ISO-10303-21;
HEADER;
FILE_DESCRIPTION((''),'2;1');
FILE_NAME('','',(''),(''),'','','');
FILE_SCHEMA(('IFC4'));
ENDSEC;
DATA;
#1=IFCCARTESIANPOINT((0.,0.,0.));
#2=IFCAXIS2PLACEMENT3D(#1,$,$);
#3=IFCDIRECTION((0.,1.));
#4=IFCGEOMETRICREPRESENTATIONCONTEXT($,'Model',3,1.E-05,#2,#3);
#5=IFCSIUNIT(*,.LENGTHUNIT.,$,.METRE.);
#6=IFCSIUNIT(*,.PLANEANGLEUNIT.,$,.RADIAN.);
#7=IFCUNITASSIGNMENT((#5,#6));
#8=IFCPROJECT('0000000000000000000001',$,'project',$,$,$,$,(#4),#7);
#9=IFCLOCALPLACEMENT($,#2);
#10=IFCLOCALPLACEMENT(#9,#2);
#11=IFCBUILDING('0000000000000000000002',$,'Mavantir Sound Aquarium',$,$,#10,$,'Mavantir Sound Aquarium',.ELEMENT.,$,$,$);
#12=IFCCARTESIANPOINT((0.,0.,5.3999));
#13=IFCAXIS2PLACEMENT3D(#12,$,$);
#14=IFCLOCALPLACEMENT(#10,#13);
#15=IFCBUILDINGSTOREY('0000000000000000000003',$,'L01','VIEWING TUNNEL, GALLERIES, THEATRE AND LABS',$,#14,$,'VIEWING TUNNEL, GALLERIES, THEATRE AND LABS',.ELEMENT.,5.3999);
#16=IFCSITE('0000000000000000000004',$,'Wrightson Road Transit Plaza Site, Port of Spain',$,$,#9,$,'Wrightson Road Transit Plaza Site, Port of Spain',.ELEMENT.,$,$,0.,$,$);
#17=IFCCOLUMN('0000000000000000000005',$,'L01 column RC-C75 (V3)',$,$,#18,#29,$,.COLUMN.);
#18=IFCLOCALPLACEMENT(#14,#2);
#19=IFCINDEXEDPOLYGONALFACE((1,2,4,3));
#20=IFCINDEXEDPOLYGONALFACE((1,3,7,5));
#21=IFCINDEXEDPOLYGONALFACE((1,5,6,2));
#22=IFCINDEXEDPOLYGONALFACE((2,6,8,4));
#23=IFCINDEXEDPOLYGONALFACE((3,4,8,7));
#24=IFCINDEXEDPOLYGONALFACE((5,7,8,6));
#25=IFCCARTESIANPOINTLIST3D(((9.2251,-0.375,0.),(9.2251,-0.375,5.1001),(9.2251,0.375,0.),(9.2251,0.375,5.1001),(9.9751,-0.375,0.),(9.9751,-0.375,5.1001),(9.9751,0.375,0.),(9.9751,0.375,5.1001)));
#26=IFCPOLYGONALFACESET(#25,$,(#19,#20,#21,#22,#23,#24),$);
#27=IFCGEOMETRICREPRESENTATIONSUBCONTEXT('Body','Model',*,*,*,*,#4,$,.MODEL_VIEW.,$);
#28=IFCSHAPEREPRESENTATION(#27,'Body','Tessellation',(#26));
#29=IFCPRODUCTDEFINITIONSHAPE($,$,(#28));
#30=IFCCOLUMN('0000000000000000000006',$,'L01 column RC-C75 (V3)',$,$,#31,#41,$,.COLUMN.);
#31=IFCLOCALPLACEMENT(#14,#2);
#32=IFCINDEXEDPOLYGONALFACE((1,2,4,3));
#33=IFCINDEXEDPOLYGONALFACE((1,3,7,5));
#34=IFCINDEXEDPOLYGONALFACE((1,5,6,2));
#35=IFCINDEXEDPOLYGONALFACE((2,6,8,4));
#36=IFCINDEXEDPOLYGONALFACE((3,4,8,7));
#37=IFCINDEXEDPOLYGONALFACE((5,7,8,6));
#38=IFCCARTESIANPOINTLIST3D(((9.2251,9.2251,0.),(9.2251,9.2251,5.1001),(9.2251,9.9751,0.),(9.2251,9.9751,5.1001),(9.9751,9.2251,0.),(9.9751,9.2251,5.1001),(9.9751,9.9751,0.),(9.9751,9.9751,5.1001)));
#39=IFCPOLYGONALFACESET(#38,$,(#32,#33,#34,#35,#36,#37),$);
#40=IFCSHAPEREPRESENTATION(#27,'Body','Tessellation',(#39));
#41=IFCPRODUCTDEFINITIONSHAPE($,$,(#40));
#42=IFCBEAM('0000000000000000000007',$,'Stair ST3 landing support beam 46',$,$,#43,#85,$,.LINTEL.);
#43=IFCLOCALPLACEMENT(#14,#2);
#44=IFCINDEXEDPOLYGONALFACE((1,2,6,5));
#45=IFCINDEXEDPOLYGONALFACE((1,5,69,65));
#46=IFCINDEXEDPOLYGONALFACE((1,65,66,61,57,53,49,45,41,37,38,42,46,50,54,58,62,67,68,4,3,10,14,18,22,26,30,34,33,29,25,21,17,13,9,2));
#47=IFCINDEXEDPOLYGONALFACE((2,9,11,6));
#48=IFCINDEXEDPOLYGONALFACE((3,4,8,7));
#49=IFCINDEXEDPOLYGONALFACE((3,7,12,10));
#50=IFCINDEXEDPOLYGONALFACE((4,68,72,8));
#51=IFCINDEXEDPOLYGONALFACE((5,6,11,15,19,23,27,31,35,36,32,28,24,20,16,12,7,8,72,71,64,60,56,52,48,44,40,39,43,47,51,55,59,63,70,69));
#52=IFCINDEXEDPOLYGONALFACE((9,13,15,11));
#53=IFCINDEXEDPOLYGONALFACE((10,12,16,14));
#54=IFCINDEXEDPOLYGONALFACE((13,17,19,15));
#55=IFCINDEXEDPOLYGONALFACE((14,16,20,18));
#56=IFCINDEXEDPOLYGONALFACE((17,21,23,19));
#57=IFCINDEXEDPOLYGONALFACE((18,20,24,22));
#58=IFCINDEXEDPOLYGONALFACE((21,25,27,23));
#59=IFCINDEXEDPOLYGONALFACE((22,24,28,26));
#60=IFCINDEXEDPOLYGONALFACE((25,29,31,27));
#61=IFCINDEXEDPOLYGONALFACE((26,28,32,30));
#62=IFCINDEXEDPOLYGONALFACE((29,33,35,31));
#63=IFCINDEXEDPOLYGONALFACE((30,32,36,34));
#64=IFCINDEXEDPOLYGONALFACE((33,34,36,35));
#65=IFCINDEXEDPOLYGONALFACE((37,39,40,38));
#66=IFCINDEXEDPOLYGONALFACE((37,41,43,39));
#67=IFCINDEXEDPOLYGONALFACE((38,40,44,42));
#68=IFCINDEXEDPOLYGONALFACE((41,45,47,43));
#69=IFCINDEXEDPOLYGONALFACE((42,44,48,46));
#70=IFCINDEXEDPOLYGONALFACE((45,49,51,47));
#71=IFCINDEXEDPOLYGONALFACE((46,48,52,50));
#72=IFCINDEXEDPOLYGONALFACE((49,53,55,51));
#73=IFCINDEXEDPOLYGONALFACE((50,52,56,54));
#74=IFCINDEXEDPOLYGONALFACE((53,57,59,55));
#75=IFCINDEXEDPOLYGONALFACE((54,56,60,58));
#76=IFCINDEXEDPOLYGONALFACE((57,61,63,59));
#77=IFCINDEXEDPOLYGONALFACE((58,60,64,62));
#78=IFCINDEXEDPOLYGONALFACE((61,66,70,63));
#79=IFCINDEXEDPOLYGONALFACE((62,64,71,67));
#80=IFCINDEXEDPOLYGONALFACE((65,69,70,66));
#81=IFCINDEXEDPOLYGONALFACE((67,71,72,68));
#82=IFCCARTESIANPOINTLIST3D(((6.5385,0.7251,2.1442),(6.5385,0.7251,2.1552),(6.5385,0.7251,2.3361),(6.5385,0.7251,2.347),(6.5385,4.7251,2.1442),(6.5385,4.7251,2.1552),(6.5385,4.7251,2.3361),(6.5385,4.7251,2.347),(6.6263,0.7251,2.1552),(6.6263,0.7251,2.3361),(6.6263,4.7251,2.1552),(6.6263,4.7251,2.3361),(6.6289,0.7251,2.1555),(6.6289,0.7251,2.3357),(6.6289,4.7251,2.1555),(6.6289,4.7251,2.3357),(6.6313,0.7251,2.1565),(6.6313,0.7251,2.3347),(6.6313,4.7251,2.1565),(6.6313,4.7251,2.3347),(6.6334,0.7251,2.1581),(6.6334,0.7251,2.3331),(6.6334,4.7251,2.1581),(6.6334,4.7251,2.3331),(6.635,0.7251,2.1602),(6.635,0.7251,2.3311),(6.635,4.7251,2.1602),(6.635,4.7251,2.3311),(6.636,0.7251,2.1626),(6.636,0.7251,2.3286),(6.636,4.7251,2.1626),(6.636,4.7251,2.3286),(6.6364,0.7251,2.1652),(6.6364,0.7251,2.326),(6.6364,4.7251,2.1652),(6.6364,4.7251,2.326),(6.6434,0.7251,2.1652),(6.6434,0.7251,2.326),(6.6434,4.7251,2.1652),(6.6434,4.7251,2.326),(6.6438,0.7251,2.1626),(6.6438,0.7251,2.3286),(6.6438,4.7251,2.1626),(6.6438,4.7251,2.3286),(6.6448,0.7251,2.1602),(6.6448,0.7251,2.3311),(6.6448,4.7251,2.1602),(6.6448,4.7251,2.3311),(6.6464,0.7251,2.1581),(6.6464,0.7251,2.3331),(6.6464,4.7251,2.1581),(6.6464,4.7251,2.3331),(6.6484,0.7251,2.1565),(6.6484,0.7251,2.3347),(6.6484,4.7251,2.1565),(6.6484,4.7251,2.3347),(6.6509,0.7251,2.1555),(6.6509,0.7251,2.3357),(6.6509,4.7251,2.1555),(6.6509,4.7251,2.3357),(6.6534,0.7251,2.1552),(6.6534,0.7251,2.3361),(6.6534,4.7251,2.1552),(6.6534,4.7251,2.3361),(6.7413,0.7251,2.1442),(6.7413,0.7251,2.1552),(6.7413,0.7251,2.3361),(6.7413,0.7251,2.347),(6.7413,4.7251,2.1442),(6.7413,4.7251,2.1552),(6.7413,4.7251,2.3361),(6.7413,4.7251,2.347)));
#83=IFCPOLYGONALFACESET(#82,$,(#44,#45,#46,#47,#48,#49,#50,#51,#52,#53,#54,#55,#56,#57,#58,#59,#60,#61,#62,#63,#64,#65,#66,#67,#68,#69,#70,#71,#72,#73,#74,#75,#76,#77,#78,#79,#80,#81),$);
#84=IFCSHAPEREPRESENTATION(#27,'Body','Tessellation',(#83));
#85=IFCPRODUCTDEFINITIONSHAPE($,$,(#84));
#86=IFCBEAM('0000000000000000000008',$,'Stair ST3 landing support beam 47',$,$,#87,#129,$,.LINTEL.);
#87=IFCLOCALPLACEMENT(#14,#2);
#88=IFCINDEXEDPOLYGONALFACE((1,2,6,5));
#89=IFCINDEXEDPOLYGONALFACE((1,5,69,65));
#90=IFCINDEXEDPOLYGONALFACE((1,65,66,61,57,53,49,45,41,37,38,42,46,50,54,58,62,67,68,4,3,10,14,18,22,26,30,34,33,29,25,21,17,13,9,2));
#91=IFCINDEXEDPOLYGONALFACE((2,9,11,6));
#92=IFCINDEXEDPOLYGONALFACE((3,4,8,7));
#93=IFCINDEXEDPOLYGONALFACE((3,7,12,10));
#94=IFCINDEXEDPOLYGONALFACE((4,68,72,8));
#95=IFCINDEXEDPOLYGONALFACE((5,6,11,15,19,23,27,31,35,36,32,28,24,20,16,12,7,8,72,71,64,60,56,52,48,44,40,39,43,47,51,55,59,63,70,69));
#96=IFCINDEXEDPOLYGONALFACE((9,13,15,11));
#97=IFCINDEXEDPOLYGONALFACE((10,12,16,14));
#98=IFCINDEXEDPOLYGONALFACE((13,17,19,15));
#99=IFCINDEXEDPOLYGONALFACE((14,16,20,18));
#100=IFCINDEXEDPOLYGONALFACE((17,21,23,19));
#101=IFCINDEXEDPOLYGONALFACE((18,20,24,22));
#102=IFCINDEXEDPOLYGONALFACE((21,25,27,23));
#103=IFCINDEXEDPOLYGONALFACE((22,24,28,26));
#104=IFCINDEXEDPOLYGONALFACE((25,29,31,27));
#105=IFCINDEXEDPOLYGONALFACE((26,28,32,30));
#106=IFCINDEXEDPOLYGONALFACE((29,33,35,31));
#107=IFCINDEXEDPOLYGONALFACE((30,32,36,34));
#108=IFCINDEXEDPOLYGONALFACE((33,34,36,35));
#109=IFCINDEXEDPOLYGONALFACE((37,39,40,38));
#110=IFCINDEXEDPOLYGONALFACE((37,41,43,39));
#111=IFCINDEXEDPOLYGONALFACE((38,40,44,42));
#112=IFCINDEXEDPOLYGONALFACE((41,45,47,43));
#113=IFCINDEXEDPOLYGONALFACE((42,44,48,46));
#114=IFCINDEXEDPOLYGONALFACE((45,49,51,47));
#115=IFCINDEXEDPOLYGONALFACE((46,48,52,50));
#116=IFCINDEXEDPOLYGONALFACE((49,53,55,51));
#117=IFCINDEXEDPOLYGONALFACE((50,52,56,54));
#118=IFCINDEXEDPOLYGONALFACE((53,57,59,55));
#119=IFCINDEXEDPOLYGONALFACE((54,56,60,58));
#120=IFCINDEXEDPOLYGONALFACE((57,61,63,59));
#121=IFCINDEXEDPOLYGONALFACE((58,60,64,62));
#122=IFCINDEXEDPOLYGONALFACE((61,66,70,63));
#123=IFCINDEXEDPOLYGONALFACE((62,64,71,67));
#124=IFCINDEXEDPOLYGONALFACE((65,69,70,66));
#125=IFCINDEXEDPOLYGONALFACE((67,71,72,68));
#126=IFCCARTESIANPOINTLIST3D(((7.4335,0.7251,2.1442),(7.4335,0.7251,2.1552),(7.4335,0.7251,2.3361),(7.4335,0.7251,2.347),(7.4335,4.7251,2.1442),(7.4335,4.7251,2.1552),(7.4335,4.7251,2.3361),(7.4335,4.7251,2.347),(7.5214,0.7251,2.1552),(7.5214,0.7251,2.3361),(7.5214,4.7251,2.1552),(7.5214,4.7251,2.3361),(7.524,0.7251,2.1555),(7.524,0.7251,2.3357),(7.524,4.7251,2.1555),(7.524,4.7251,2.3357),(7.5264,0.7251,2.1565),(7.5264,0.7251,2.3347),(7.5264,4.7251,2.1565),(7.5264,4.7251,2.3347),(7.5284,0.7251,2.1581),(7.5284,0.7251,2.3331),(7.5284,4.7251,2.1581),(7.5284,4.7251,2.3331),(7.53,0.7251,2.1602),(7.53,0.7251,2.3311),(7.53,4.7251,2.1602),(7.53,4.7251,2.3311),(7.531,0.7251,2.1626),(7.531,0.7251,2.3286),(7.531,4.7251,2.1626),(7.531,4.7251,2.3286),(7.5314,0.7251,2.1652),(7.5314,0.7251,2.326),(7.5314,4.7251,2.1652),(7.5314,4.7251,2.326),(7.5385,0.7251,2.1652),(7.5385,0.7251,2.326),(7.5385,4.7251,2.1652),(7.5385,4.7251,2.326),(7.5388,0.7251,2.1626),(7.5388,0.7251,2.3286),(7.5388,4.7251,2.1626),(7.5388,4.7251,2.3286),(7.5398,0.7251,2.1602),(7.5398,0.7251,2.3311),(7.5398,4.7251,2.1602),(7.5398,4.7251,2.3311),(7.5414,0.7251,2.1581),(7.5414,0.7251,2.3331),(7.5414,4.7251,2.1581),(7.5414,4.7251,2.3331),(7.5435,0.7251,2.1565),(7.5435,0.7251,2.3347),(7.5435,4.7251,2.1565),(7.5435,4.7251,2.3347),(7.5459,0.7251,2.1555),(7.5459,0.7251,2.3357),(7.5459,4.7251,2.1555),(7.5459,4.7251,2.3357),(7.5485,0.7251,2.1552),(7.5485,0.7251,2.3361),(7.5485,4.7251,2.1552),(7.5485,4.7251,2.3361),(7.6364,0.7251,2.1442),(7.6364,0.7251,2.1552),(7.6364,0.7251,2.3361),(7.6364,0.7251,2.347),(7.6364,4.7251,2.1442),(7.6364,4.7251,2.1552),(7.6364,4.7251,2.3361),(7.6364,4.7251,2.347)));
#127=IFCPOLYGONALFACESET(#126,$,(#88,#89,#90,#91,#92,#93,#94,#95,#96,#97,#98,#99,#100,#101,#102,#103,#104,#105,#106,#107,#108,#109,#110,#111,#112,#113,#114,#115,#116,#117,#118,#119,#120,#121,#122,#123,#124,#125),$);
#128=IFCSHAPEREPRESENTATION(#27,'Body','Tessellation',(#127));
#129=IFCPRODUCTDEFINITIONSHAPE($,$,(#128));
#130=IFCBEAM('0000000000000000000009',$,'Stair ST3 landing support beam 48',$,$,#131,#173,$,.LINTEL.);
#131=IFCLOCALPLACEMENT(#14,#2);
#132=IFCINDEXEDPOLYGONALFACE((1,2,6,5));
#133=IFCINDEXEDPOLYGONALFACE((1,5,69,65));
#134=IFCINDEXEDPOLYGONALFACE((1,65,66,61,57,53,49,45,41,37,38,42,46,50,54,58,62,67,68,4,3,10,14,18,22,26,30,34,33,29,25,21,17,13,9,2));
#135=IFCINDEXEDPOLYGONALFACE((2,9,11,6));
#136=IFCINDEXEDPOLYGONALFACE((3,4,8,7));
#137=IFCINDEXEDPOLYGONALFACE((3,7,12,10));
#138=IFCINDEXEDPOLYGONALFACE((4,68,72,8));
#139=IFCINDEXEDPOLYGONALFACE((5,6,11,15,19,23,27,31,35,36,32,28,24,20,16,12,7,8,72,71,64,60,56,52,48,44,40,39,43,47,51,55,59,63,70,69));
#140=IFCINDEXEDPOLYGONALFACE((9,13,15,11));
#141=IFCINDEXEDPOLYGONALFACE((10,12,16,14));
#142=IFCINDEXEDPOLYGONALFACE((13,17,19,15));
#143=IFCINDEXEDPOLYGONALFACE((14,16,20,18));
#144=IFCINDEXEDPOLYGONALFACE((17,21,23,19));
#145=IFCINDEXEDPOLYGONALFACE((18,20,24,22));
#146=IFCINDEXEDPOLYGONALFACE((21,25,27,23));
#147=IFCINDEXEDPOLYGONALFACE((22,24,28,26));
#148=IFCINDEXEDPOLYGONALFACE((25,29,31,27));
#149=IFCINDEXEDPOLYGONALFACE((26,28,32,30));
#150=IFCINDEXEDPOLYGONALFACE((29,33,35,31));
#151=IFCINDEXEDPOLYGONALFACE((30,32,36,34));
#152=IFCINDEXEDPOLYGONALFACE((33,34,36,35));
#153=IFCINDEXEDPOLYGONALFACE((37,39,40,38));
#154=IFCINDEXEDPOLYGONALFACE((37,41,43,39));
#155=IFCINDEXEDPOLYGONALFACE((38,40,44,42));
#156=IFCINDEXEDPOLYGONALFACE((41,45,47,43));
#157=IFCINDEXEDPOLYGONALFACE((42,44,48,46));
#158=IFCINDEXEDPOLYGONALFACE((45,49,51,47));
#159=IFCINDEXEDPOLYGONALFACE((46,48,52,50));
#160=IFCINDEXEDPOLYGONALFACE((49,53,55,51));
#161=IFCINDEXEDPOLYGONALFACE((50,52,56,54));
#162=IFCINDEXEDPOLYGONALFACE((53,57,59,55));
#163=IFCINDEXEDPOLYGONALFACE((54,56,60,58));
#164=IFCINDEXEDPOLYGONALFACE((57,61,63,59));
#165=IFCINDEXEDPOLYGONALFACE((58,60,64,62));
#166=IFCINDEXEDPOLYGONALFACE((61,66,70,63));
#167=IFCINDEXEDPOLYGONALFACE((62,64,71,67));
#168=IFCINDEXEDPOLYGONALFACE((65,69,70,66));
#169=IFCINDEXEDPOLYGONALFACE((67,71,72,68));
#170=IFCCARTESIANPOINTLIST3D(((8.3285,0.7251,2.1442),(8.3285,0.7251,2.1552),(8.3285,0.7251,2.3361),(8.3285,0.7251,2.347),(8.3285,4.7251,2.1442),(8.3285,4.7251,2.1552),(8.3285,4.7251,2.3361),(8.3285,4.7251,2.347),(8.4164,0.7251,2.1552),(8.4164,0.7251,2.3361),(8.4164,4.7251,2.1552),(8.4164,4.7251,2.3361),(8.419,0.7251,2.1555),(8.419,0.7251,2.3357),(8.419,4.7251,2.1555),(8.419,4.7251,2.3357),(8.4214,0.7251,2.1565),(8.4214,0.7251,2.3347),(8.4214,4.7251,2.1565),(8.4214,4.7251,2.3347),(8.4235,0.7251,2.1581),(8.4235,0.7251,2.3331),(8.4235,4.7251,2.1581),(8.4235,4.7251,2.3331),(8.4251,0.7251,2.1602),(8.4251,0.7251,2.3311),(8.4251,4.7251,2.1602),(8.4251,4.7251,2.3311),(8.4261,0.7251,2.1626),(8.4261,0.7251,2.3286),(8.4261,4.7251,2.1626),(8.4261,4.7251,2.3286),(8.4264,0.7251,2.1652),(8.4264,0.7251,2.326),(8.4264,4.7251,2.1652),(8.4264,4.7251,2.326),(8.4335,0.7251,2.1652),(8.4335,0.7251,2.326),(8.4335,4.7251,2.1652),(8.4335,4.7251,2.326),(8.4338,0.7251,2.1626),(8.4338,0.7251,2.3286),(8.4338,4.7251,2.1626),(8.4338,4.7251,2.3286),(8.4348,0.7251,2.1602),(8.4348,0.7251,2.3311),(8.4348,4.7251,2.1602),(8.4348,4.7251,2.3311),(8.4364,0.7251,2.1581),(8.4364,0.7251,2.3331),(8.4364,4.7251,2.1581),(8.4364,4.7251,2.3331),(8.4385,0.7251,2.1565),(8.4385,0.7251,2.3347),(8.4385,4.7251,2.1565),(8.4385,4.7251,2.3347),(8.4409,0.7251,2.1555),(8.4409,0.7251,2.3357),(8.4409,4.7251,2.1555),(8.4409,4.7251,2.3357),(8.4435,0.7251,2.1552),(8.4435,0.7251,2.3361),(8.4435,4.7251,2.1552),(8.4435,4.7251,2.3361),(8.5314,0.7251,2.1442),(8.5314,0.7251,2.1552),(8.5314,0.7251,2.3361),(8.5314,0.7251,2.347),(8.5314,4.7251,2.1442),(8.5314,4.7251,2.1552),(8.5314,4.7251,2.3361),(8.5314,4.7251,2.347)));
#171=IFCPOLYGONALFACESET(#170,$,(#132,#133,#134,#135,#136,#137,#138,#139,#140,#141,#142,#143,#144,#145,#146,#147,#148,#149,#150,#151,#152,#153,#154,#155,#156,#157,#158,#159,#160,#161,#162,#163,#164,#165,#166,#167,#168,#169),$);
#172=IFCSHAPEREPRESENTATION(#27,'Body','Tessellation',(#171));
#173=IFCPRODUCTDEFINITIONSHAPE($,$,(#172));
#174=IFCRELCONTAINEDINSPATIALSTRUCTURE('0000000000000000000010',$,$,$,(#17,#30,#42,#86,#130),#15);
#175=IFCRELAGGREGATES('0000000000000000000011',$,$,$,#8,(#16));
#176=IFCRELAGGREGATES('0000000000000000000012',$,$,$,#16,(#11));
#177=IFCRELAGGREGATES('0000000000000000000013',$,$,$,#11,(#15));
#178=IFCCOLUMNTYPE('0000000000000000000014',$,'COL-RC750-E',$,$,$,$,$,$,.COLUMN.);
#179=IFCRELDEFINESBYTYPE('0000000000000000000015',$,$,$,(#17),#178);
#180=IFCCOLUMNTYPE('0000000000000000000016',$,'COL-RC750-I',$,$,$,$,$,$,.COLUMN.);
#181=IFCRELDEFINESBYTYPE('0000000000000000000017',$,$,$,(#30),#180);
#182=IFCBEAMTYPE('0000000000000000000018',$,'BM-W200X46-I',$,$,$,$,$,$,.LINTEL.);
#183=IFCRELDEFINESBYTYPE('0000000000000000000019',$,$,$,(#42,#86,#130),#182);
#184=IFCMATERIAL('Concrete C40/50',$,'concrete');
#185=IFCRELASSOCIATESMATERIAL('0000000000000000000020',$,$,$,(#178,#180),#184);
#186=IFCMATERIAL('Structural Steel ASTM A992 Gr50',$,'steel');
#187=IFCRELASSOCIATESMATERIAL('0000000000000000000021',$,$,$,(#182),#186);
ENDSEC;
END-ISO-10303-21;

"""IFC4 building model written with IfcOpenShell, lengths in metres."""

from ifc_helpers import new_model, si_unit, direction, frame, origin, origin_2d, place, context, subcontext, project, spatial, rectangle, i_section, extrude, material, material_profile, profile_set, type_object, element, save


model = new_model("IFC4")

# Units and contexts
model_context = context("Model", 3, precision=1e-05, world=origin(), true_north=direction((0.0, 1.0)))
body_context = subcontext(model_context, "Body", "Model", "MODEL_VIEW")
ifc_project = project(units=[si_unit("LENGTHUNIT", "METRE"), si_unit("PLANEANGLEUNIT", "RADIAN")], contexts=[model_context])

# Site, building, storey
site_placement = place(None, origin())
site = spatial("IfcSite", under=ifc_project, at=site_placement, Name="Wrightson Road Transit Plaza Site, Port of Spain", LongName="Wrightson Road Transit Plaza Site, Port of Spain", CompositionType="ELEMENT", RefElevation=0.0)
building_placement = place(site_placement, origin())
building = spatial("IfcBuilding", under=site, at=building_placement, Name="Mavantir Sound Aquarium", LongName="Mavantir Sound Aquarium", CompositionType="ELEMENT")
storey_placement = place(building_placement, frame((0.0, 0.0, 5.3999)))
storey = spatial("IfcBuildingStorey", under=building, at=storey_placement, Name="L01", Description="VIEWING TUNNEL, GALLERIES, THEATRE AND LABS", LongName="VIEWING TUNNEL, GALLERIES, THEATRE AND LABS", CompositionType="ELEMENT", Elevation=5.3999)

# Columns
ifc_material_1 = material(Name="Concrete C40/50", Category="concrete")
ifc_material_profile_1 = material_profile(ifc_material_1, rectangle(XDim=0.75, YDim=0.75, at=origin_2d()), Name="RC 750X750")
ifc_profile_set_1 = profile_set([ifc_material_profile_1], Name="Concrete C40/50")
column_type_1 = type_object("IfcColumnType", Name="COL-RC750-E", PredefinedType="COLUMN", material=ifc_profile_set_1)
column_1_placement = place(storey_placement, frame((9.6001, 0.0, 0.0), z_axis=(0.0, 0.0, 1.0), x_axis=(1.0, 0.0, 0.0)))
element("IfcColumn", 1, at=column_1_placement, inside=storey, type_object=column_type_1, Name="L01 column RC-C75 (V3)", PredefinedType="COLUMN", context=body_context, shape_type="SweptSolid", body=[
    extrude(rectangle(XDim=0.75, YDim=0.75, at=origin_2d()), origin(), (0.0, 0.0, 1.0), 5.1001),
])
ifc_material_profile_2 = material_profile(ifc_material_1, rectangle(XDim=0.75, YDim=0.75, at=origin_2d()), Name="RC 750X750")
ifc_profile_set_2 = profile_set([ifc_material_profile_2], Name="Concrete C40/50")
column_type_2 = type_object("IfcColumnType", Name="COL-RC750-I", PredefinedType="COLUMN", material=ifc_profile_set_2)
column_2_placement = place(storey_placement, frame((9.6001, 9.6001, 0.0), z_axis=(0.0, 0.0, 1.0), x_axis=(1.0, 0.0, 0.0)))
element("IfcColumn", 2, at=column_2_placement, inside=storey, type_object=column_type_2, Name="L01 column RC-C75 (V3)", PredefinedType="COLUMN", context=body_context, shape_type="SweptSolid", body=[
    extrude(rectangle(XDim=0.75, YDim=0.75, at=origin_2d()), origin(), (0.0, 0.0, 1.0), 5.1001),
])

# Beams
ifc_material_2 = material(Name="Structural Steel ASTM A992 Gr50", Category="steel")
ifc_material_profile_3 = material_profile(ifc_material_2, i_section(OverallWidth=0.2029, OverallDepth=0.2029, WebThickness=0.0071, FlangeThickness=0.011, FilletRadius=0.01, at=origin_2d()), Name="W200X46")
ifc_profile_set_3 = profile_set([ifc_material_profile_3], Name="Structural Steel ASTM A992 Gr50")
beam_type_1 = type_object("IfcBeamType", Name="BM-W200X46-I", PredefinedType="LINTEL", material=ifc_profile_set_3)
for number, where, z_axis, x_axis, name in (
    (3, (6.6399, 0.7251, 2.2456), (0.0, 1.0, 0.0), (-1.0, 0.0, 0.0), "Stair ST3 landing support beam 46"),
    (4, (7.5349, 0.7251, 2.2456), (0.0, 1.0, 0.0), (-1.0, 0.0, 0.0), "Stair ST3 landing support beam 47"),
    (5, (8.4299, 0.7251, 2.2456), (0.0, 1.0, 0.0), (-1.0, 0.0, 0.0), "Stair ST3 landing support beam 48"),
):
    element("IfcBeam", number, at=place(storey_placement, frame(where, z_axis=z_axis, x_axis=x_axis)), inside=storey, type_object=beam_type_1, Name=name, PredefinedType="LINTEL", context=body_context, shape_type="SweptSolid", body=[
        extrude(i_section(OverallWidth=0.2029, OverallDepth=0.2029, WebThickness=0.0071, FlangeThickness=0.011, FilletRadius=0.01, at=origin_2d()), origin(), (0.0, 0.0, 1.0), 4.0),
    ])

save(model, "model.ifc")
